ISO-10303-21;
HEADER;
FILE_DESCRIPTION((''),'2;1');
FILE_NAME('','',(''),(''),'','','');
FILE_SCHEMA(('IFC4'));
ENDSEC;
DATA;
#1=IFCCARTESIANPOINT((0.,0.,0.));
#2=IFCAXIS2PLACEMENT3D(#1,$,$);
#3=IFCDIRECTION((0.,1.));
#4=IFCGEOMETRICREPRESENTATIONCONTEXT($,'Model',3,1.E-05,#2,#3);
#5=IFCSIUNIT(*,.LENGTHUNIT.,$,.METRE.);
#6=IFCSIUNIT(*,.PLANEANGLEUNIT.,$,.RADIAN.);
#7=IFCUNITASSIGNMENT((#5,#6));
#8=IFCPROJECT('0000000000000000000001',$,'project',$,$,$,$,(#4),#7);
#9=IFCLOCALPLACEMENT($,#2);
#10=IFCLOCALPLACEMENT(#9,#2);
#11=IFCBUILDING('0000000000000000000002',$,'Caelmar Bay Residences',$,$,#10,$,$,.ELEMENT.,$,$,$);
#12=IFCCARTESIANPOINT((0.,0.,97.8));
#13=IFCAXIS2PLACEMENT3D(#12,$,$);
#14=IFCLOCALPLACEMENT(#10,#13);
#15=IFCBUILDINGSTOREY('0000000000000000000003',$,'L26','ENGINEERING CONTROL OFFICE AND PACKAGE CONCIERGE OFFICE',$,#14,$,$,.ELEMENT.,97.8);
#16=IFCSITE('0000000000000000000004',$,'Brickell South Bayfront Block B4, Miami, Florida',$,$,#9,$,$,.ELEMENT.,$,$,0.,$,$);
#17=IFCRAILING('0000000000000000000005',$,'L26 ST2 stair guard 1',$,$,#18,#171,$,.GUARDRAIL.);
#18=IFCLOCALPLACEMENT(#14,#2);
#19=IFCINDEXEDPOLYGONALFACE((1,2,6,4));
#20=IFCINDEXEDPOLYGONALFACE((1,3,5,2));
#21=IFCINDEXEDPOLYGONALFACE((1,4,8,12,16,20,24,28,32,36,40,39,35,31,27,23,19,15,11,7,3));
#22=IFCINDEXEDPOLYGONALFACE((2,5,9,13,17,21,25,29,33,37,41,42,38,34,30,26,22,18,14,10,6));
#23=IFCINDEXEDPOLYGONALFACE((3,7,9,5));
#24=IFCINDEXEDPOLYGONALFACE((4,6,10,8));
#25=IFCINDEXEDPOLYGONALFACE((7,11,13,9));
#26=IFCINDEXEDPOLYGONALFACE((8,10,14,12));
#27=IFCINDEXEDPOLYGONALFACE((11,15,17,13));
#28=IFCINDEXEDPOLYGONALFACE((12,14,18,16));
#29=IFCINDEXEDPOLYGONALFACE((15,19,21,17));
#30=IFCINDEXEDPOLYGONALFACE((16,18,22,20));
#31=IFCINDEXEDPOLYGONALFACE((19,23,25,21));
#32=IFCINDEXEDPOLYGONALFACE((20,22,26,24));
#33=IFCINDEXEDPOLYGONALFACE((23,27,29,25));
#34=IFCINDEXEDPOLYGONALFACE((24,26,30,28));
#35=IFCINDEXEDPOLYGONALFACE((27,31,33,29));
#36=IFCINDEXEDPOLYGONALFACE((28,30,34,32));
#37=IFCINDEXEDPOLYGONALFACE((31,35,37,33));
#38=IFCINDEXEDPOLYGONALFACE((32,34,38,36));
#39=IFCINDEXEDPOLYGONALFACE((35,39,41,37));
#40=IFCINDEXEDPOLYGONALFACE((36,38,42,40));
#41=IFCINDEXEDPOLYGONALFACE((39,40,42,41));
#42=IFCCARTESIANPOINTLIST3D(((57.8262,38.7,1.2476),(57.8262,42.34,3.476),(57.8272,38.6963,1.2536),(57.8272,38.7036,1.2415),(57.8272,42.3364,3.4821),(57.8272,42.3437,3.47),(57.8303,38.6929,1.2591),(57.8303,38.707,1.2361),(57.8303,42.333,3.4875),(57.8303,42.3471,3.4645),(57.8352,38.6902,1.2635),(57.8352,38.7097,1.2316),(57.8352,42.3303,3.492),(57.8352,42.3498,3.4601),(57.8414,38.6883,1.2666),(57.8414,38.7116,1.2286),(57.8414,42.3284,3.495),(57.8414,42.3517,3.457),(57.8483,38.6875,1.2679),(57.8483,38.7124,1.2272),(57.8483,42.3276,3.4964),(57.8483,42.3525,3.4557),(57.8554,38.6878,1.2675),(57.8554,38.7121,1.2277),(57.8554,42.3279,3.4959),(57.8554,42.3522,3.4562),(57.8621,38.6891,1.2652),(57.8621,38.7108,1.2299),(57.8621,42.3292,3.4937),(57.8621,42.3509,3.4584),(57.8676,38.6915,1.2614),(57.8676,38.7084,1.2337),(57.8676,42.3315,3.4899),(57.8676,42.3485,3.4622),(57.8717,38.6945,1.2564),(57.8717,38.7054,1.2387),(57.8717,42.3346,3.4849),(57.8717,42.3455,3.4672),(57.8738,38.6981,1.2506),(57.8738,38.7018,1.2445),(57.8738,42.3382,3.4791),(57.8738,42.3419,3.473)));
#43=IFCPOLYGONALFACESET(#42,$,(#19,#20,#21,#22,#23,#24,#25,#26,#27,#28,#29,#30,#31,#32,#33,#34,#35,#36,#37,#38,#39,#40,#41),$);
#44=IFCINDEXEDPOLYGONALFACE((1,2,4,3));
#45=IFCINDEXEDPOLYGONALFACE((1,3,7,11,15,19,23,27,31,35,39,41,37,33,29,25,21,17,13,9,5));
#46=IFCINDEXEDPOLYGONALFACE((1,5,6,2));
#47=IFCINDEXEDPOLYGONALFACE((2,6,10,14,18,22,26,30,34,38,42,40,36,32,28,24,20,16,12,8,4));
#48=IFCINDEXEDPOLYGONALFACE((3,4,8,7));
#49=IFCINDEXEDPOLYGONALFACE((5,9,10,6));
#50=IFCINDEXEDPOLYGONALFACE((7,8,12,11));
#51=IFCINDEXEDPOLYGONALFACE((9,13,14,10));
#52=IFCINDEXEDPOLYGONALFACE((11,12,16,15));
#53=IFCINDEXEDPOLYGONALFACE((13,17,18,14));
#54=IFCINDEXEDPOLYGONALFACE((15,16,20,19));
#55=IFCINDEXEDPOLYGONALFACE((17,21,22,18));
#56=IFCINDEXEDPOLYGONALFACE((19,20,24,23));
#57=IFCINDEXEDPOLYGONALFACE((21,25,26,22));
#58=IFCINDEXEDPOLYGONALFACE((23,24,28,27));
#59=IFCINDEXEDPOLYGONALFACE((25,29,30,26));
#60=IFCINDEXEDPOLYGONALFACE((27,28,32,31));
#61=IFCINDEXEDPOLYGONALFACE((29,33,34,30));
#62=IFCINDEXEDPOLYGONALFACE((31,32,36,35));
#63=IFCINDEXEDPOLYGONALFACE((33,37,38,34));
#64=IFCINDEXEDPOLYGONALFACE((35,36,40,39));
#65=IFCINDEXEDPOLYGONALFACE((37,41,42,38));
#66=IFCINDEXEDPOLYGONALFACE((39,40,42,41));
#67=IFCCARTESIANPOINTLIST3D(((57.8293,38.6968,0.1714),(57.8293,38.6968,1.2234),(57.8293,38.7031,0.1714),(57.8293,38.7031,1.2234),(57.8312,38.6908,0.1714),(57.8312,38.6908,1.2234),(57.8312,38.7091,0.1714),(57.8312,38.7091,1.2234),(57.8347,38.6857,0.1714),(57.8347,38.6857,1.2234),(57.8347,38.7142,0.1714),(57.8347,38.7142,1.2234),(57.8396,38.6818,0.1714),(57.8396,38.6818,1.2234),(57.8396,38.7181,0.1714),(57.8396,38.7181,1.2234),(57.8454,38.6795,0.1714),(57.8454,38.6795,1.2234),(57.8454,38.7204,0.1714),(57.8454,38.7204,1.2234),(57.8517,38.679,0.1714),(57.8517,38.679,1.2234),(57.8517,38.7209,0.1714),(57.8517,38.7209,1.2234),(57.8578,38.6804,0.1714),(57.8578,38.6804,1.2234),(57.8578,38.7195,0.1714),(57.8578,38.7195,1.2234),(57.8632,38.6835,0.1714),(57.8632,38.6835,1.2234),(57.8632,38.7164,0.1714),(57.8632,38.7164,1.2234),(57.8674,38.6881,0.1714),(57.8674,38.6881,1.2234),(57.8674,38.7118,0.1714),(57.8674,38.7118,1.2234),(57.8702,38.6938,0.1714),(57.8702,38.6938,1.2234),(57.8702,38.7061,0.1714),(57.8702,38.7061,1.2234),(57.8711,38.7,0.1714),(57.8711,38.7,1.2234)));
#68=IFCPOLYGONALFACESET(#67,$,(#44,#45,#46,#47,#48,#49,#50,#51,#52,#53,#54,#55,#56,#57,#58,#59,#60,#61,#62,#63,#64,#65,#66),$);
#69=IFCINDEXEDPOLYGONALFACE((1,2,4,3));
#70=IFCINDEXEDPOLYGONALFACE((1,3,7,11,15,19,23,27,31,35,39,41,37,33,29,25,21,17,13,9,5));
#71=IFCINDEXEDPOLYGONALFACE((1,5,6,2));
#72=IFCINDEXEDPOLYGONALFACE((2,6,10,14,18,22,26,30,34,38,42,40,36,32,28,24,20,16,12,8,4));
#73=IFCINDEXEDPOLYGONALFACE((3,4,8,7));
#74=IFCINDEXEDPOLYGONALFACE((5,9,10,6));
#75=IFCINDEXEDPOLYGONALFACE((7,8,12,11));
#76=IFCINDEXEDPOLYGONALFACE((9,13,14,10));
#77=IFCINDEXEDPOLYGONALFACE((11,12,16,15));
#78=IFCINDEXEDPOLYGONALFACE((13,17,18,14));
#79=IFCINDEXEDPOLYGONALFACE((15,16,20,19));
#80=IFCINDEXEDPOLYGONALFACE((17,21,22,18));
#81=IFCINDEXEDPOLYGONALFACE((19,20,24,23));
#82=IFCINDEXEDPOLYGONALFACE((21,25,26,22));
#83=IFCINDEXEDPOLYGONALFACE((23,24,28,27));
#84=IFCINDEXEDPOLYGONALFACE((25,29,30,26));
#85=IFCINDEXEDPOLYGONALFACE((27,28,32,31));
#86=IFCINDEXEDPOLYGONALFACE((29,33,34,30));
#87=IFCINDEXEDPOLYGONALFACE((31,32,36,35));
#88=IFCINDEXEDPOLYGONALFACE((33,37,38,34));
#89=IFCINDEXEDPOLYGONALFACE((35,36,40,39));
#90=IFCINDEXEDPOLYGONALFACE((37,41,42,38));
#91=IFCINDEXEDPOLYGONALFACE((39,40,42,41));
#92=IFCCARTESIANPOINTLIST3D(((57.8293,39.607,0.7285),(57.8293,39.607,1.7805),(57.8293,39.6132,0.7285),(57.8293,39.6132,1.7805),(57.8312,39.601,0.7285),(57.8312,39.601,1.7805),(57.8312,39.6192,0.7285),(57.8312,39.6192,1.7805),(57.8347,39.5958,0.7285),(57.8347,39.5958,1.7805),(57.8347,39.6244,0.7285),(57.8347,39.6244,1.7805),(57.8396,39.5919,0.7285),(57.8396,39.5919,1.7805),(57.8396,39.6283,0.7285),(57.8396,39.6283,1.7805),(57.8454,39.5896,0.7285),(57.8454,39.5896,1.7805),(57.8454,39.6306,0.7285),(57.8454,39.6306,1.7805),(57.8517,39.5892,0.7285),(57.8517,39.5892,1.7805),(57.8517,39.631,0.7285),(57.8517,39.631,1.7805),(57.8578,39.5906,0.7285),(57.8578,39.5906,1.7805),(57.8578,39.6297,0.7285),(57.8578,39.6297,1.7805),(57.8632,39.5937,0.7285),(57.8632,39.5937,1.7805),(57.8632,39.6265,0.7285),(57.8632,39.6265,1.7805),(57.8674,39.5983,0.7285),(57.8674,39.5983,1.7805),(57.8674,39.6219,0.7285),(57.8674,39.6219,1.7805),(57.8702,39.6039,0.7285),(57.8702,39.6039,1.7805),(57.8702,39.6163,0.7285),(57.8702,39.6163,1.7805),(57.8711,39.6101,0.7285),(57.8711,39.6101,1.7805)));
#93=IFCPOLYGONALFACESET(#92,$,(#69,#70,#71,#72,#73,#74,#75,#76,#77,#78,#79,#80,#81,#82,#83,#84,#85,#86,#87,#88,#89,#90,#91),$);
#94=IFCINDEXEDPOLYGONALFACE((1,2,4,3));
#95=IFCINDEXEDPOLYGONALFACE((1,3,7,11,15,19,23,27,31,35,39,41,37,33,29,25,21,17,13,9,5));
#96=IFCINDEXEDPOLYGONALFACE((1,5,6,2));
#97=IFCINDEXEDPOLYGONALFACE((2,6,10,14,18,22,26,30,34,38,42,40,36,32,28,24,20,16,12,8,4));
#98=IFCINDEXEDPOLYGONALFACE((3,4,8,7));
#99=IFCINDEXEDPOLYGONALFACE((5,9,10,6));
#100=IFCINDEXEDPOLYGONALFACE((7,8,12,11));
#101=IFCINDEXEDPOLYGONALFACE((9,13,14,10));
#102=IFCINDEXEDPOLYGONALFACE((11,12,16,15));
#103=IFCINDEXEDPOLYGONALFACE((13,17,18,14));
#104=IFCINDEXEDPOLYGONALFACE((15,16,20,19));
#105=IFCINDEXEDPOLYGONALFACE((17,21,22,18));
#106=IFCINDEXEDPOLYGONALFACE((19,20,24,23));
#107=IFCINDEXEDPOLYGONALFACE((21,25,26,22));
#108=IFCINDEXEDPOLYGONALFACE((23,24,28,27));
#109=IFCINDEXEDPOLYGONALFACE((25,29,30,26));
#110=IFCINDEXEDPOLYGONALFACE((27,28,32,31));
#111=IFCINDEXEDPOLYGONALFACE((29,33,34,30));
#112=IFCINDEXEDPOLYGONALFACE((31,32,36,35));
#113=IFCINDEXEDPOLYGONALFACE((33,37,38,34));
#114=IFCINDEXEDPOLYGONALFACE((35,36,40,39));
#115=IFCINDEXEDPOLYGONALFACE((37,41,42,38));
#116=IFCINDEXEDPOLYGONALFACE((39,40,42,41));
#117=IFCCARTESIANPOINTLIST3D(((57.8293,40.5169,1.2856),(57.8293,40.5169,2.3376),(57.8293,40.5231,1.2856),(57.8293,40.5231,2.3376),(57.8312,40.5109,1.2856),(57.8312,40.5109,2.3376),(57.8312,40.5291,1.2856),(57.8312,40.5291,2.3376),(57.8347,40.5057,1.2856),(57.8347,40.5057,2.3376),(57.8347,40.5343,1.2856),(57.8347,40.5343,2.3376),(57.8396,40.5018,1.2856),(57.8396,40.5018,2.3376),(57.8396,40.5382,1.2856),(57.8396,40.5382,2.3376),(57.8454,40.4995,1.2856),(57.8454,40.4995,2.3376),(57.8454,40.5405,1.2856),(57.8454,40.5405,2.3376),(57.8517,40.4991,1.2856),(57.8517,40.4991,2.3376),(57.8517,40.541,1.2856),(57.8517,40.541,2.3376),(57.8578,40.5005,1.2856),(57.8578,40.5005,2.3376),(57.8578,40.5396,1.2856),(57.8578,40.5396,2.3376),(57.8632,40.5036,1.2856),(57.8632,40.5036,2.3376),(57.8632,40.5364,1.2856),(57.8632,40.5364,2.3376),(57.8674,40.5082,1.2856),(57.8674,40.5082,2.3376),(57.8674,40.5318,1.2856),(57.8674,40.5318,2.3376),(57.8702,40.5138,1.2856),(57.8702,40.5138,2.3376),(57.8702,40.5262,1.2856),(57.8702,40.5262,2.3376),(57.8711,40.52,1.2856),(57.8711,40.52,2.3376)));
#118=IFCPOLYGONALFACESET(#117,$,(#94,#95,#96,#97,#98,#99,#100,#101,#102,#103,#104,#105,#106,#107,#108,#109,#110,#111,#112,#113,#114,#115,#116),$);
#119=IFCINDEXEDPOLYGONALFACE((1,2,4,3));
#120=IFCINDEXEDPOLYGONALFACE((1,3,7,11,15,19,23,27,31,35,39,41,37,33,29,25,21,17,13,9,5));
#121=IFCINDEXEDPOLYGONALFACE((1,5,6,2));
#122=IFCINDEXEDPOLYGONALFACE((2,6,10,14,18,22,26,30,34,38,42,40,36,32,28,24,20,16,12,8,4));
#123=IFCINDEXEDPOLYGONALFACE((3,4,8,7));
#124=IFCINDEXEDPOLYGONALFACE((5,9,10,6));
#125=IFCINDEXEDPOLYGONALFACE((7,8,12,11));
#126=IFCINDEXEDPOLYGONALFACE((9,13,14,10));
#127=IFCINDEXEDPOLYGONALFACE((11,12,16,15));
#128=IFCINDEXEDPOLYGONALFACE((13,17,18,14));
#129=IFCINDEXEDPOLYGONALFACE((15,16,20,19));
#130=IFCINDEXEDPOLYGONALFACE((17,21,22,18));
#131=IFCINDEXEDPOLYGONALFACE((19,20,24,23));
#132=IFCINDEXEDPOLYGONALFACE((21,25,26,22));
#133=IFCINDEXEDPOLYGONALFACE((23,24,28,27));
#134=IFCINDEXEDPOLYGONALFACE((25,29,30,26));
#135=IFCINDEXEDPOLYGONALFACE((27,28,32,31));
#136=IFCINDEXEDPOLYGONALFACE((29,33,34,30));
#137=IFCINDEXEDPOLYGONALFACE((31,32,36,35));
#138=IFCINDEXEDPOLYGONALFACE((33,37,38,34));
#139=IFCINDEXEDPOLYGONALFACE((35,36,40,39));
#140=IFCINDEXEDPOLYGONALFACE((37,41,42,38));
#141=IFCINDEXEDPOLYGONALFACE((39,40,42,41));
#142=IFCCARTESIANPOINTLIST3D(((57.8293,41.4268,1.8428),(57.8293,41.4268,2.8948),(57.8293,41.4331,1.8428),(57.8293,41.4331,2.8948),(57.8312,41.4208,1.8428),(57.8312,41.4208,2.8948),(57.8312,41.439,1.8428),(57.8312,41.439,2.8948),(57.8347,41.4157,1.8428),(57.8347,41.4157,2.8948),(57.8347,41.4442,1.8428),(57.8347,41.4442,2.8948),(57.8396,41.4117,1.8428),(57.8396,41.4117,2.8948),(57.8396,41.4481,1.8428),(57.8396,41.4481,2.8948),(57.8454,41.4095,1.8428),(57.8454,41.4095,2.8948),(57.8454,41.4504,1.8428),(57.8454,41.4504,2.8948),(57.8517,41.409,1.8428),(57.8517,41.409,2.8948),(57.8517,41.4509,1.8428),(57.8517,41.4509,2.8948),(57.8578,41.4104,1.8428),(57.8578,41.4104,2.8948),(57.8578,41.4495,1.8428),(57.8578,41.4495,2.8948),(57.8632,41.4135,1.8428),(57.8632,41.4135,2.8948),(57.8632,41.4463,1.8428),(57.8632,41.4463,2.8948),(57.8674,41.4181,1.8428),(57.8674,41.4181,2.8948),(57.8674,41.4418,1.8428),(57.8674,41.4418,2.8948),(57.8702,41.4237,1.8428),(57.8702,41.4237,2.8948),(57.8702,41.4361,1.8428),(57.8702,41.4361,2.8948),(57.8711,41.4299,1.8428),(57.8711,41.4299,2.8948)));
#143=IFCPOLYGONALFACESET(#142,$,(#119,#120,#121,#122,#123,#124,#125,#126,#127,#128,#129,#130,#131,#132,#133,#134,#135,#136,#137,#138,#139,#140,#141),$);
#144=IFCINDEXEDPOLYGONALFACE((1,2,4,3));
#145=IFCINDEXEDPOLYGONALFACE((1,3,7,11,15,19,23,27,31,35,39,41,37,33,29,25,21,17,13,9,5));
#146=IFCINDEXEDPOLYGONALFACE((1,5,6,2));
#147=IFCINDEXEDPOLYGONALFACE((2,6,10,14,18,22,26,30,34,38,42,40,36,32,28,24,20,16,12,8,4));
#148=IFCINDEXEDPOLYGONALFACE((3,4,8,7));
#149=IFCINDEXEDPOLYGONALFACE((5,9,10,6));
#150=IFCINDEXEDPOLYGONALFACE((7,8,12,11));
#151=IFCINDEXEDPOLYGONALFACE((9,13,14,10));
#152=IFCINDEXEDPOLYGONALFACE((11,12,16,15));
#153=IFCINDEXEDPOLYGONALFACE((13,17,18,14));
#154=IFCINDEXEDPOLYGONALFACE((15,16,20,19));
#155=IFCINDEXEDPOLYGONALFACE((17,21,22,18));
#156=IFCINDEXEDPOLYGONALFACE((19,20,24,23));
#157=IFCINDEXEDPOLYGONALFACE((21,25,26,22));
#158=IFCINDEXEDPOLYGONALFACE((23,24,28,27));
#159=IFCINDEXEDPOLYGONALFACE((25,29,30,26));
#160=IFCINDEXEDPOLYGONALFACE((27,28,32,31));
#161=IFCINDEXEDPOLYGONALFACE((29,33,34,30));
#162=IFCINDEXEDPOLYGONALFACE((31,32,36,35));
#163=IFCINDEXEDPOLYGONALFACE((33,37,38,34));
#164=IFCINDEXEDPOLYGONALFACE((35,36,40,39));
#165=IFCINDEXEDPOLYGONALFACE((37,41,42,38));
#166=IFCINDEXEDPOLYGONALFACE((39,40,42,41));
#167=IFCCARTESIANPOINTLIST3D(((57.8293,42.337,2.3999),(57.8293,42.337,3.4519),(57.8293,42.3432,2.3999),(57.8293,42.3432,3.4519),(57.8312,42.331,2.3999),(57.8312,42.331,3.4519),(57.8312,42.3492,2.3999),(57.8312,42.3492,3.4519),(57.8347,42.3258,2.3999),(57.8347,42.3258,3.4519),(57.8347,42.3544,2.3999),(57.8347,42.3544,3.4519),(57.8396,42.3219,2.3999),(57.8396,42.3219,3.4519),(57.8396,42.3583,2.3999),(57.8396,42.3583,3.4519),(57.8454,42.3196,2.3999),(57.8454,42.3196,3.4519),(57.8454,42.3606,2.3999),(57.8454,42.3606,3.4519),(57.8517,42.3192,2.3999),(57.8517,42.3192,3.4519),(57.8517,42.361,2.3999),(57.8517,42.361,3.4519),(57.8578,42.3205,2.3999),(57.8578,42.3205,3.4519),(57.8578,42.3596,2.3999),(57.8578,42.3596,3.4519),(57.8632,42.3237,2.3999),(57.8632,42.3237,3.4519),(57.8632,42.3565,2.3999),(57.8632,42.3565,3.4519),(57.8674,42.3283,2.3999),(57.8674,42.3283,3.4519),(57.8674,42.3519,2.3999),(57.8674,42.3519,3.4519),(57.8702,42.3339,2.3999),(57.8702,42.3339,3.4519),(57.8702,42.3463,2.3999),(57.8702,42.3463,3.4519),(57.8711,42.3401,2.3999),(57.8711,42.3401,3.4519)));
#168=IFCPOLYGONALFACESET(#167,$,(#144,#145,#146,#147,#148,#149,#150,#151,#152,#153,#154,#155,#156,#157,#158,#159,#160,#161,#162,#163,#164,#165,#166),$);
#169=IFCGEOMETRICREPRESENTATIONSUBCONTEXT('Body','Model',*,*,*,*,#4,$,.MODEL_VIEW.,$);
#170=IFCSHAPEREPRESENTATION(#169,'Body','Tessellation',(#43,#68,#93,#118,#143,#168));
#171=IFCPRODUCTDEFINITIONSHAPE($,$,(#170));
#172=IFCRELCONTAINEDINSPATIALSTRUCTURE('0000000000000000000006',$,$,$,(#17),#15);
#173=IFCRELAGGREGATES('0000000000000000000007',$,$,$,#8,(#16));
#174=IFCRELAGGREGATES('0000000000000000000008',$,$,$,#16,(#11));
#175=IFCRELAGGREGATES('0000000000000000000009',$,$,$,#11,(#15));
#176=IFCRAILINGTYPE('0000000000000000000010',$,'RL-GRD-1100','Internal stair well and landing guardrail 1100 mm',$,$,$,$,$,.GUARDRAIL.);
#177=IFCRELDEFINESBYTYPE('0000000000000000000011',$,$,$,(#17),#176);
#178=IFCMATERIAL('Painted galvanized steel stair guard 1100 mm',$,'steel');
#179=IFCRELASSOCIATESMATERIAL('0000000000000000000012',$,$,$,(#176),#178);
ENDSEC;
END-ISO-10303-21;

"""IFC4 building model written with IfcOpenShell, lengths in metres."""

from ifc_helpers import new_model, si_unit, direction, frame, origin, origin_2d, place, context, subcontext, project, spatial, circle, extrude, material, type_object, element, save


model = new_model("IFC4")

# Units and contexts
model_context = context("Model", 3, precision=1e-05, world=origin(), true_north=direction((0.0, 1.0)))
body_context = subcontext(model_context, "Body", "Model", "MODEL_VIEW")
ifc_project = project(units=[si_unit("LENGTHUNIT", "METRE"), si_unit("PLANEANGLEUNIT", "RADIAN")], contexts=[model_context])

# Site, building, storey
site_placement = place(None, origin())
site = spatial("IfcSite", under=ifc_project, at=site_placement, Name="Brickell South Bayfront Block B4, Miami, Florida", CompositionType="ELEMENT", RefElevation=0.0)
building_placement = place(site_placement, origin())
building = spatial("IfcBuilding", under=site, at=building_placement, Name="Caelmar Bay Residences", CompositionType="ELEMENT")
storey_placement = place(building_placement, frame((0.0, 0.0, 97.8)))
storey = spatial("IfcBuildingStorey", under=building, at=storey_placement, Name="L26", Description="ENGINEERING CONTROL OFFICE AND PACKAGE CONCIERGE OFFICE", CompositionType="ELEMENT", Elevation=97.8)

# Railing
ifc_material_1 = material(Name="Painted galvanized steel stair guard 1100 mm", Category="steel")
railing_type_1 = type_object("IfcRailingType", Name="RL-GRD-1100", Description="Internal stair well and landing guardrail 1100 mm", PredefinedType="GUARDRAIL", material=ifc_material_1)
railing_1_placement = place(storey_placement, frame((57.8501, 38.7, 0.1714)))
element("IfcRailing", 1, at=railing_1_placement, inside=storey, type_object=railing_type_1, Name="L26 ST2 stair guard 1", PredefinedType="GUARDRAIL", context=body_context, shape_type="SweptSolid", body=[
    extrude(circle(Radius=0.0239, at=origin_2d()), frame((0.0, 0.0, 1.0762), z_axis=(0.0, 0.852866, 0.52213), x_axis=(-1.0, 0.0, 0.0)), (0.0, 0.0, 1.0), 4.2681),
    extrude(circle(Radius=0.021, at=origin_2d()), origin(), (0.0, 0.0, 1.0), 1.052),
    extrude(circle(Radius=0.021, at=origin_2d()), frame((0.0, 0.9102, 0.5571)), (0.0, 0.0, 1.0), 1.052),
    extrude(circle(Radius=0.021, at=origin_2d()), frame((0.0, 1.8201, 1.1143)), (0.0, 0.0, 1.0), 1.052),
    extrude(circle(Radius=0.021, at=origin_2d()), frame((0.0, 2.73, 1.6714)), (0.0, 0.0, 1.0), 1.052),
    extrude(circle(Radius=0.021, at=origin_2d()), frame((0.0, 3.6401, 2.2285)), (0.0, 0.0, 1.0), 1.052),
])

save(model, "model.ifc")
